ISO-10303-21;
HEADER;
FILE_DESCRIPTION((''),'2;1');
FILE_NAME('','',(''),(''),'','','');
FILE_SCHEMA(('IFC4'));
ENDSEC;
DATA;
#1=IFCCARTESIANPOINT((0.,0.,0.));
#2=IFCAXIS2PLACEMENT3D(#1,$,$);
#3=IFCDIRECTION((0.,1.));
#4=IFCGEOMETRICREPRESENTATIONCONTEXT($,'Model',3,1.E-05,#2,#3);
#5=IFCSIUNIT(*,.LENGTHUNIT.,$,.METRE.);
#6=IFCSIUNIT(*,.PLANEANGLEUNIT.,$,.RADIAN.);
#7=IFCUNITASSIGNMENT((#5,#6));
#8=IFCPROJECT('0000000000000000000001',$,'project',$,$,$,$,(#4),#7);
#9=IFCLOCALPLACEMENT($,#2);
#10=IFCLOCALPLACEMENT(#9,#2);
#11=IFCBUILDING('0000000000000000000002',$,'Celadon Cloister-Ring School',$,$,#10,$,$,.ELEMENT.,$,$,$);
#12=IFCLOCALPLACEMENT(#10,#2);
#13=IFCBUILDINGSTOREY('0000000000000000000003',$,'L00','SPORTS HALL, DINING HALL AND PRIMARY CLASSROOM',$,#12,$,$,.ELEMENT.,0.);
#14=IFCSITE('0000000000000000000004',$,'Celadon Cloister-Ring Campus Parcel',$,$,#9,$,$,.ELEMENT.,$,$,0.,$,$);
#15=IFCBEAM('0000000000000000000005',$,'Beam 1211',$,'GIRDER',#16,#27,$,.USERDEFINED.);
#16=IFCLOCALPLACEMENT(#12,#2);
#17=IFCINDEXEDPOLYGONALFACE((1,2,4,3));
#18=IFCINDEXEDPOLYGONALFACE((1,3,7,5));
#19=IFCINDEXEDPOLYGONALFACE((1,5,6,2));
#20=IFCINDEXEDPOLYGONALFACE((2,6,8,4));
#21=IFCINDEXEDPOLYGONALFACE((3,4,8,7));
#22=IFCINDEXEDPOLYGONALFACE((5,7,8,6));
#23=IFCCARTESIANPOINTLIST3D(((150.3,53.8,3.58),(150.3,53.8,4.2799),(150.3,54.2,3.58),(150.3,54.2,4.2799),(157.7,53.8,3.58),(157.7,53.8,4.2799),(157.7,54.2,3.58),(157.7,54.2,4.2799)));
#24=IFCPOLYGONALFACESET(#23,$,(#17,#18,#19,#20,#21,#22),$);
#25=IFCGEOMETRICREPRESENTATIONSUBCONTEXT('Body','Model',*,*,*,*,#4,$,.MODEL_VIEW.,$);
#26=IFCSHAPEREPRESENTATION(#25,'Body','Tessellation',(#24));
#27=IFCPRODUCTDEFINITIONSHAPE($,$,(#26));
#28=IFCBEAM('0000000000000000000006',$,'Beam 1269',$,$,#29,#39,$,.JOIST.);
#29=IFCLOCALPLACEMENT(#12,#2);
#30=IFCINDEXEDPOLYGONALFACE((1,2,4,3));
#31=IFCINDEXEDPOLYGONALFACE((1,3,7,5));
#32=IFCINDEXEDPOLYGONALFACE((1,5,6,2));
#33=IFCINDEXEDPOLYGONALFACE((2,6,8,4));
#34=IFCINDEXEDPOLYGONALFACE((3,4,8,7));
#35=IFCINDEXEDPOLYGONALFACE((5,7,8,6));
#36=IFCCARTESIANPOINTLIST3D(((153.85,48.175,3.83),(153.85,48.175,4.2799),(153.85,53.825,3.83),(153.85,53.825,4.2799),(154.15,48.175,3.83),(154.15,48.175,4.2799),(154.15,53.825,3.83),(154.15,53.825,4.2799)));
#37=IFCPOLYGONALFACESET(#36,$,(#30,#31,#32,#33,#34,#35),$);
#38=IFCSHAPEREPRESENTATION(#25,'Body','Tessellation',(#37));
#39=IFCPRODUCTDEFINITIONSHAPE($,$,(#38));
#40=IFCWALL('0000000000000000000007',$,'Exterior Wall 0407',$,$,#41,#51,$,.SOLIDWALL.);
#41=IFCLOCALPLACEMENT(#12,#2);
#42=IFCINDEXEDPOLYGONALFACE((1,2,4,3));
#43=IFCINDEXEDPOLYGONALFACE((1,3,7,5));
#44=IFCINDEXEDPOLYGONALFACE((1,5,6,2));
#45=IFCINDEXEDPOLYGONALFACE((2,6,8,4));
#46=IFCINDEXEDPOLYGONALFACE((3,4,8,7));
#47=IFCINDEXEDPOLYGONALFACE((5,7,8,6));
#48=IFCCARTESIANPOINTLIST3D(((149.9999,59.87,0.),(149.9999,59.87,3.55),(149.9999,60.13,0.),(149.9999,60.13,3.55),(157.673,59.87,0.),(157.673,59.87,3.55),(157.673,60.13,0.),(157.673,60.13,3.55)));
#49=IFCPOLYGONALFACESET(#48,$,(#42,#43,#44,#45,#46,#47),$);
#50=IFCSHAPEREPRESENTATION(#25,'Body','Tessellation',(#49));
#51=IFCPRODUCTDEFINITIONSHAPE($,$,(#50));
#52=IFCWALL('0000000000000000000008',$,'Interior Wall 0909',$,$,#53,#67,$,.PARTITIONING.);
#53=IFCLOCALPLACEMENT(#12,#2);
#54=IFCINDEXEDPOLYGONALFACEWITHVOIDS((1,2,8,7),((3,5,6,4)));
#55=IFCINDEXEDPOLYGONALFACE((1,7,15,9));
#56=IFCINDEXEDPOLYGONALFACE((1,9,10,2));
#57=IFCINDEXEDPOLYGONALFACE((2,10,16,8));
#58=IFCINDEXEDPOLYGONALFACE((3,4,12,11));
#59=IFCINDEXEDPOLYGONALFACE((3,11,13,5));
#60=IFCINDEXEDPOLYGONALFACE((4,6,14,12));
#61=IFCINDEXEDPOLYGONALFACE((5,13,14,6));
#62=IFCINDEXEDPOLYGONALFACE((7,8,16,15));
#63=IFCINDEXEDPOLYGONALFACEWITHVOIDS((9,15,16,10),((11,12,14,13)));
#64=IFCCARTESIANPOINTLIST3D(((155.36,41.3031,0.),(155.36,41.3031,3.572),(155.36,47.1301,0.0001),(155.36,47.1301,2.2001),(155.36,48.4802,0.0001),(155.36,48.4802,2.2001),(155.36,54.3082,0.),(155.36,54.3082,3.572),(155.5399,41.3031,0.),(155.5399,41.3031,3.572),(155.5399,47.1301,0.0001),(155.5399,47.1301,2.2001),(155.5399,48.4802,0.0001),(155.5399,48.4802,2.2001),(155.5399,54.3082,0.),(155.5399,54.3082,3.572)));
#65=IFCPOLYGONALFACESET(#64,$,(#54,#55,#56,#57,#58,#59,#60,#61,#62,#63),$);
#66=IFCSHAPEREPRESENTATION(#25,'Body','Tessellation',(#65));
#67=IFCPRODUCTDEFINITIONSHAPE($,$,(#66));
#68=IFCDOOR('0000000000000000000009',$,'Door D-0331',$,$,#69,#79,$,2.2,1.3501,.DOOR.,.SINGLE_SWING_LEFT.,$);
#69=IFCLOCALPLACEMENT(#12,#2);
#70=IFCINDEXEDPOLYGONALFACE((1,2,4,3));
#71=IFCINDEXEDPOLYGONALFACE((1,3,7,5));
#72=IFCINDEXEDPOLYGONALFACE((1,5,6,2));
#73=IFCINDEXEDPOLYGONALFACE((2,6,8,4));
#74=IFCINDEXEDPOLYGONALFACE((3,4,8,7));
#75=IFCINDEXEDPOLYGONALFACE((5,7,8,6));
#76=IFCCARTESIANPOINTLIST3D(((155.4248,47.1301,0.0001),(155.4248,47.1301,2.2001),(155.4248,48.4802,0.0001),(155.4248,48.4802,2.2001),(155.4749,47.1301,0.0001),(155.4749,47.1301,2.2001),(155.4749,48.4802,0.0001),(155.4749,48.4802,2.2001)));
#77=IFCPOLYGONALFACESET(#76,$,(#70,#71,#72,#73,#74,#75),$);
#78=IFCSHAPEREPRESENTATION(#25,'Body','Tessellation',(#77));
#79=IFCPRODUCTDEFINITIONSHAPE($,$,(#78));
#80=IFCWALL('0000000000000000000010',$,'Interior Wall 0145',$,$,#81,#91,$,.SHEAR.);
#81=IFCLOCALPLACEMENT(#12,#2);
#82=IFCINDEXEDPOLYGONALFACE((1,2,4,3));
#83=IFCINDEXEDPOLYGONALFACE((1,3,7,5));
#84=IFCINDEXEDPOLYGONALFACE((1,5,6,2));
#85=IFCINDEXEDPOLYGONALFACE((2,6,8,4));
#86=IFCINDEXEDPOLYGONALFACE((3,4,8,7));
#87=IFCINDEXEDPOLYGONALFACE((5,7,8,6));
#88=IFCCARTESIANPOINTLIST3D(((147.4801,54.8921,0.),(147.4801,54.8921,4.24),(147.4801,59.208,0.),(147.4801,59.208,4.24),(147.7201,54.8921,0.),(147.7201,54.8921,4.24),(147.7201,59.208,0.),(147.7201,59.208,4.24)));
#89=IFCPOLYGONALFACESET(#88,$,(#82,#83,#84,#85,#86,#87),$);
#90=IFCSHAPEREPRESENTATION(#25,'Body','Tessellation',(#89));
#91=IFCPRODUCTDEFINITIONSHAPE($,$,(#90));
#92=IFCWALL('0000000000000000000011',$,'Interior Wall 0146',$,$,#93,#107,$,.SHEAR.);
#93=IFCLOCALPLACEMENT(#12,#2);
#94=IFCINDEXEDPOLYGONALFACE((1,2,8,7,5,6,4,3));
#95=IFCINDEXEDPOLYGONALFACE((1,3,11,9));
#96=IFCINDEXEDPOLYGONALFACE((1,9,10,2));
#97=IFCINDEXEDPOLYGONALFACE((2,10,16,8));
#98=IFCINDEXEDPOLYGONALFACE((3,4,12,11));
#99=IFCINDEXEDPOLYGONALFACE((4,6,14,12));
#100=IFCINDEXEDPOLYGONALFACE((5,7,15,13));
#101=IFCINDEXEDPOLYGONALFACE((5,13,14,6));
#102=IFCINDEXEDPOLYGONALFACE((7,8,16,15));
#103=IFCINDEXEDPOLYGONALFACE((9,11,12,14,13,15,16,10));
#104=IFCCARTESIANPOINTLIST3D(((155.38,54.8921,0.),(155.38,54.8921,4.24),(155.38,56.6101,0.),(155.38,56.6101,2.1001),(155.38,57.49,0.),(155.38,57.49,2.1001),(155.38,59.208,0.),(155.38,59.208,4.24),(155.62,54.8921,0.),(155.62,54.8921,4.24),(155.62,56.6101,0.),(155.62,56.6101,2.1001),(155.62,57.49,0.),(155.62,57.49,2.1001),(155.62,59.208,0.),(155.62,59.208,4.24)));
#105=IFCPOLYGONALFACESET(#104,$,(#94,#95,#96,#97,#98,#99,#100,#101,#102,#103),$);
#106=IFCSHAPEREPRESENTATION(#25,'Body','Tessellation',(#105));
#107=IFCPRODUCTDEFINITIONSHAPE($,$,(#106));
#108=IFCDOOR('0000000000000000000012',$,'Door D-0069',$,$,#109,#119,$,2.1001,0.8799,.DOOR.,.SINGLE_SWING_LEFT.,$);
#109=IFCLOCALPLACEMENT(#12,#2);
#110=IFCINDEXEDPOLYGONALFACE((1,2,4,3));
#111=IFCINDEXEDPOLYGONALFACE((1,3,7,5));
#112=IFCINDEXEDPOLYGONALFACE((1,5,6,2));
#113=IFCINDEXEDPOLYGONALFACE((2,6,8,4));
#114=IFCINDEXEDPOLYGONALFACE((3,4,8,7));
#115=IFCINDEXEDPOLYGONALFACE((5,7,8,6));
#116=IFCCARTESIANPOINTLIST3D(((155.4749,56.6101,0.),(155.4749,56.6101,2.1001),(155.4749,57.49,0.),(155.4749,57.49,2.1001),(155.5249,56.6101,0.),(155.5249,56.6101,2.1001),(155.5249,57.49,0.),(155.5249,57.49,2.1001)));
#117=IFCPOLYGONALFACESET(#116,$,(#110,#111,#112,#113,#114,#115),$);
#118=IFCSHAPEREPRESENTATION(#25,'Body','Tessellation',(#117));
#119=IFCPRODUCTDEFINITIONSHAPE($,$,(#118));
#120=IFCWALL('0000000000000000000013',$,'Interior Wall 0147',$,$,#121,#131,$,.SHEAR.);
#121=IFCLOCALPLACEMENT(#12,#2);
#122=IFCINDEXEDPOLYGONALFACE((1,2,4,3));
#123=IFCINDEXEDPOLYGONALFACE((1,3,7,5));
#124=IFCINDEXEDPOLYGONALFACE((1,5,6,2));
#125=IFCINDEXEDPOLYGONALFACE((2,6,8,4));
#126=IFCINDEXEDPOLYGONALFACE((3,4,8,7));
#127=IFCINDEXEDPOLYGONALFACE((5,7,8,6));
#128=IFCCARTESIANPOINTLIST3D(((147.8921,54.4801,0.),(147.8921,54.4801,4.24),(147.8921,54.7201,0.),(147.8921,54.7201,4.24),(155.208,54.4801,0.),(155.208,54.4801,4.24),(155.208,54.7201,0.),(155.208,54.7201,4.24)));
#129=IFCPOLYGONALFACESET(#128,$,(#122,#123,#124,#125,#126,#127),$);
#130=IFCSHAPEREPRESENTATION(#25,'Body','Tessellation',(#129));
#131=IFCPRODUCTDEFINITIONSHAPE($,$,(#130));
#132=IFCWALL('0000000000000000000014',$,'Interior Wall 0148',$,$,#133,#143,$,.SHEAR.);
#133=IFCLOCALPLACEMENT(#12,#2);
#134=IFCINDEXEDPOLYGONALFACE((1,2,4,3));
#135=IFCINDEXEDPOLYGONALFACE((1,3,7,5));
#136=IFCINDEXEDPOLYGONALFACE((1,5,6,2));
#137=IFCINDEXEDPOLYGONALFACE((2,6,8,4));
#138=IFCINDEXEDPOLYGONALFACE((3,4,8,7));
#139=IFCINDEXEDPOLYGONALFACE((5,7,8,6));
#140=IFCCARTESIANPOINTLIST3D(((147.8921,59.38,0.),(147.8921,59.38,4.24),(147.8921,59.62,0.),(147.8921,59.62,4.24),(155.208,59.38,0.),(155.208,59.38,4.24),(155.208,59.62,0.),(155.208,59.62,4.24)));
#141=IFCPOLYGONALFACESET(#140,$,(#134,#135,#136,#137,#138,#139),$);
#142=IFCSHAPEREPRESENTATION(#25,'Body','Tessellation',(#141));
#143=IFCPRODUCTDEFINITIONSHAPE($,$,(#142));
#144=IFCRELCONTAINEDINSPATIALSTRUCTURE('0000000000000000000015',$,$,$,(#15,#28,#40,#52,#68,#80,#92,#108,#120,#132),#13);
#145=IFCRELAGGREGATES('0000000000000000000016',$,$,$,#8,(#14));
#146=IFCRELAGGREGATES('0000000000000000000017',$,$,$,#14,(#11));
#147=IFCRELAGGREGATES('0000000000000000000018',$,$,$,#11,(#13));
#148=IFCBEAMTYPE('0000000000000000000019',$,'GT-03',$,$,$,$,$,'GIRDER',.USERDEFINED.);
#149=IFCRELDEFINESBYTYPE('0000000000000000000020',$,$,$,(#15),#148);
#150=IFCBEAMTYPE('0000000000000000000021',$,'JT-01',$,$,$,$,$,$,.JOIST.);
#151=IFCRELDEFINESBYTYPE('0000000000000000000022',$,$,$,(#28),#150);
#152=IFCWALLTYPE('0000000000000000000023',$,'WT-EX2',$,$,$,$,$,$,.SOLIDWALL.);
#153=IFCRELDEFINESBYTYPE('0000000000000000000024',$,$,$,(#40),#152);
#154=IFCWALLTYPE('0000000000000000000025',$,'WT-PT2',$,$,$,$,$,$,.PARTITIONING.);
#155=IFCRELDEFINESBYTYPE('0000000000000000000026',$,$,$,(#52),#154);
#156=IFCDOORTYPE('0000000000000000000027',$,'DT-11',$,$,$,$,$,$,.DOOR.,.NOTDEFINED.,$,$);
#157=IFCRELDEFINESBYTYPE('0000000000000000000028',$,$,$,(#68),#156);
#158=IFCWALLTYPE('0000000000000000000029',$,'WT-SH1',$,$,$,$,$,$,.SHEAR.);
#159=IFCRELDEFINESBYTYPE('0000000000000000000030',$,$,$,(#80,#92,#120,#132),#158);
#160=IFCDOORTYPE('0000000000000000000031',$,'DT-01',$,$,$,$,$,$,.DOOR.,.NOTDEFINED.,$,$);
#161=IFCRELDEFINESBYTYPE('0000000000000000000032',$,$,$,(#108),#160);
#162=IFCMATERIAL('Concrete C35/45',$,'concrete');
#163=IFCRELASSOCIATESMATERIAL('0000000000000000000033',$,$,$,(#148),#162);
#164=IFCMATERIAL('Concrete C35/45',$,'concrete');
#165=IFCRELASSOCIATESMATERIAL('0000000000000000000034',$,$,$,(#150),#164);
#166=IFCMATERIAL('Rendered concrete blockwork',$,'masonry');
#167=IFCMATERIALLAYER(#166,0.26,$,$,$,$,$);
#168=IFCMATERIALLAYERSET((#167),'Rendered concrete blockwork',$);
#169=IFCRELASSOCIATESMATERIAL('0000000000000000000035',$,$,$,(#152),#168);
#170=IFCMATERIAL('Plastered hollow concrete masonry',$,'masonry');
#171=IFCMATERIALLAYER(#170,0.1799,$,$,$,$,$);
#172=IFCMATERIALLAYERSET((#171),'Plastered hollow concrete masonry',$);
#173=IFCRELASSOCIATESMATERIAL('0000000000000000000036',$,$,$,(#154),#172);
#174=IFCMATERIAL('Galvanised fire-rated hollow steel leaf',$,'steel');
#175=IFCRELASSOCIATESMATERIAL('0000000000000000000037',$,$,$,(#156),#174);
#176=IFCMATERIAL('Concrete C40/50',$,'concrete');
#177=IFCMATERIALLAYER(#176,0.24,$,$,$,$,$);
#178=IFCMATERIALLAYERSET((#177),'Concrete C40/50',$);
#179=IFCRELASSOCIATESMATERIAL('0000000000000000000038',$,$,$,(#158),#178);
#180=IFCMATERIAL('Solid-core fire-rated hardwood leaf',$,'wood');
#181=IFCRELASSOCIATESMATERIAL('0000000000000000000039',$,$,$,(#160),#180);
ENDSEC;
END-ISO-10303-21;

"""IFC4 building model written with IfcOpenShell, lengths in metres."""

from ifc_helpers import new_model, si_unit, direction, frame, frame_2d, origin, origin_2d, place, context, subcontext, project, spatial, rectangle, extrude, material, layer, layer_set, material_profile, profile_set, type_object, element, fill, save


model = new_model("IFC4")

# Units and contexts
model_context = context("Model", 3, precision=1e-05, world=origin(), true_north=direction((0.0, 1.0)))
body_context = subcontext(model_context, "Body", "Model", "MODEL_VIEW")
ifc_project = project(units=[si_unit("LENGTHUNIT", "METRE"), si_unit("PLANEANGLEUNIT", "RADIAN")], contexts=[model_context])

# Site, building, storey
site_placement = place(None, origin())
site = spatial("IfcSite", under=ifc_project, at=site_placement, Name="Celadon Cloister-Ring Campus Parcel", CompositionType="ELEMENT", RefElevation=0.0)
building_placement = place(site_placement, origin())
building = spatial("IfcBuilding", under=site, at=building_placement, Name="Celadon Cloister-Ring School", CompositionType="ELEMENT")
storey_placement = place(building_placement, origin())
storey = spatial("IfcBuildingStorey", under=building, at=storey_placement, Name="L00", Description="SPORTS HALL, DINING HALL AND PRIMARY CLASSROOM", CompositionType="ELEMENT", Elevation=0.0)

# Beams
ifc_material_1 = material(Name="Concrete C35/45", Category="concrete")
ifc_material_profile_1 = material_profile(ifc_material_1, rectangle(XDim=0.3999, YDim=0.7, at=origin_2d()), Name="RC400X700")
ifc_profile_set_1 = profile_set([ifc_material_profile_1], Name="Concrete C35/45")
beam_type_1 = type_object("IfcBeamType", Name="GT-03", ElementType="GIRDER", PredefinedType="USERDEFINED", material=ifc_profile_set_1)
beam_1_placement = place(storey_placement, frame((150.3, 54.0, 3.9299), z_axis=(1.0, 0.0, 0.0), x_axis=(0.0, 1.0, 0.0)))
element("IfcBeam", 1, at=beam_1_placement, inside=storey, type_object=beam_type_1, Name="Beam 1211", ObjectType="GIRDER", PredefinedType="USERDEFINED", context=body_context, shape_type="SweptSolid", body=[
    extrude(rectangle(XDim=0.3999, YDim=0.7, at=origin_2d()), origin(), (0.0, 0.0, 1.0), 7.3999),
])
ifc_material_2 = material(Name="Concrete C35/45", Category="concrete")
ifc_material_profile_2 = material_profile(ifc_material_2, rectangle(XDim=0.3, YDim=0.45, at=origin_2d()), Name="RC300X450")
ifc_profile_set_2 = profile_set([ifc_material_profile_2], Name="Concrete C35/45")
beam_type_2 = type_object("IfcBeamType", Name="JT-01", PredefinedType="JOIST", material=ifc_profile_set_2)
beam_2_placement = place(storey_placement, frame((154.0, 48.175, 4.0549), z_axis=(0.0, 1.0, 0.0), x_axis=(-1.0, 0.0, 0.0)))
element("IfcBeam", 2, at=beam_2_placement, inside=storey, type_object=beam_type_2, Name="Beam 1269", PredefinedType="JOIST", context=body_context, shape_type="SweptSolid", body=[
    extrude(rectangle(XDim=0.3, YDim=0.45, at=origin_2d()), origin(), (0.0, 0.0, 1.0), 5.6499),
])

# Wall
ifc_material_3 = material(Name="Rendered concrete blockwork", Category="masonry")
ifc_layer_1 = layer(ifc_material_3, 0.26)
ifc_layer_set_1 = layer_set([ifc_layer_1], Name="Rendered concrete blockwork")
wall_type_1 = type_object("IfcWallType", Name="WT-EX2", PredefinedType="SOLIDWALL", material=ifc_layer_set_1)
wall_1_placement = place(storey_placement, frame((150.0, 60.0, 0.0), z_axis=(0.0, 0.0, 1.0), x_axis=(1.0, 0.0, 0.0)))
element("IfcWall", 3, at=wall_1_placement, inside=storey, type_object=wall_type_1, Name="Exterior Wall 0407", PredefinedType="SOLIDWALL", context=body_context, shape_type="SweptSolid", body=[
    extrude(rectangle(XDim=7.6731, YDim=0.26, at=frame_2d((3.8364, 0.0))), origin(), (0.0, 0.0, 1.0), 3.55),
])

# Wall, opening, door
ifc_material_4 = material(Name="Plastered hollow concrete masonry", Category="masonry")
ifc_layer_2 = layer(ifc_material_4, 0.1799)
ifc_layer_set_2 = layer_set([ifc_layer_2], Name="Plastered hollow concrete masonry")
wall_type_2 = type_object("IfcWallType", Name="WT-PT2", PredefinedType="PARTITIONING", material=ifc_layer_set_2)
wall_2_placement = place(storey_placement, frame((155.45, 54.3081, 0.0), z_axis=(0.0, 0.0, 1.0), x_axis=(0.0, -1.0, 0.0)))
wall_2 = element("IfcWall", 4, at=wall_2_placement, inside=storey, type_object=wall_type_2, Name="Interior Wall 0909", PredefinedType="PARTITIONING", context=body_context, shape_type="SweptSolid", body=[
    extrude(rectangle(XDim=13.0051, YDim=0.1799, at=frame_2d((6.5024, 0.0))), origin(), (0.0, 0.0, 1.0), 3.572),
])
opening_1_placement = place(wall_2_placement, frame((5.8279, 0.0, 0.0)))
opening_1 = element("IfcOpeningElement", 5, at=opening_1_placement, cuts=wall_2, PredefinedType="OPENING", context=body_context, shape_type="SweptSolid", body=[
    extrude(rectangle(XDim=1.3501, YDim=2.2, at=frame_2d((0.675, 1.1001))), frame((0.0, 0.1001, 0.0), z_axis=(0.0, -1.0, 0.0), x_axis=(1.0, 0.0, 0.0)), (0.0, 0.0, 1.0), 0.2),
])
ifc_material_5 = material(Name="Galvanised fire-rated hollow steel leaf", Category="steel")
door_type_1 = type_object("IfcDoorType", Name="DT-11", OperationType="NOTDEFINED", PredefinedType="DOOR", material=ifc_material_5)
door_1_placement = place(opening_1_placement, origin())
door_1 = element("IfcDoor", 6, at=door_1_placement, inside=storey, type_object=door_type_1, Name="Door D-0331", OperationType="SINGLE_SWING_LEFT", OverallHeight=2.2, OverallWidth=1.3501, PredefinedType="DOOR", context=body_context, shape_type="SweptSolid", body=[
    extrude(rectangle(XDim=1.3501, YDim=2.2, at=frame_2d((0.675, 1.1001))), frame((0.0, 0.0249, 0.0), z_axis=(0.0, -1.0, 0.0), x_axis=(1.0, 0.0, 0.0)), (0.0, 0.0, 1.0), 0.05),
])
fill(opening_1, door_1)

# Wall
ifc_material_6 = material(Name="Concrete C40/50", Category="concrete")
ifc_layer_3 = layer(ifc_material_6, 0.24)
ifc_layer_set_3 = layer_set([ifc_layer_3], Name="Concrete C40/50")
wall_type_3 = type_object("IfcWallType", Name="WT-SH1", PredefinedType="SHEAR", material=ifc_layer_set_3)
wall_3_placement = place(storey_placement, frame((147.6001, 54.8921, 0.0), z_axis=(0.0, 0.0, 1.0), x_axis=(0.0, 1.0, 0.0)))
element("IfcWall", 7, at=wall_3_placement, inside=storey, type_object=wall_type_3, Name="Interior Wall 0145", PredefinedType="SHEAR", context=body_context, shape_type="SweptSolid", body=[
    extrude(rectangle(XDim=4.3159, YDim=0.24, at=frame_2d((2.158, 0.0))), origin(), (0.0, 0.0, 1.0), 4.24),
])

# Wall, opening, door
wall_4_placement = place(storey_placement, frame((155.5, 59.208, 0.0), z_axis=(0.0, 0.0, 1.0), x_axis=(0.0, -1.0, 0.0)))
wall_4 = element("IfcWall", 8, at=wall_4_placement, inside=storey, type_object=wall_type_3, Name="Interior Wall 0146", PredefinedType="SHEAR", context=body_context, shape_type="SweptSolid", body=[
    extrude(rectangle(XDim=4.3159, YDim=0.24, at=frame_2d((2.158, 0.0))), origin(), (0.0, 0.0, 1.0), 4.24),
])
opening_2_placement = place(wall_4_placement, frame((1.718, 0.0, 0.0)))
opening_2 = element("IfcOpeningElement", 9, at=opening_2_placement, cuts=wall_4, PredefinedType="OPENING", context=body_context, shape_type="SweptSolid", body=[
    extrude(rectangle(XDim=0.8799, YDim=2.1001, at=frame_2d((0.4399, 1.05))), frame((0.0, 0.1299, 0.0), z_axis=(0.0, -1.0, 0.0), x_axis=(1.0, 0.0, 0.0)), (0.0, 0.0, 1.0), 0.26),
])
ifc_material_7 = material(Name="Solid-core fire-rated hardwood leaf", Category="wood")
door_type_2 = type_object("IfcDoorType", Name="DT-01", OperationType="NOTDEFINED", PredefinedType="DOOR", material=ifc_material_7)
door_2_placement = place(opening_2_placement, origin())
door_2 = element("IfcDoor", 10, at=door_2_placement, inside=storey, type_object=door_type_2, Name="Door D-0069", OperationType="SINGLE_SWING_LEFT", OverallHeight=2.1001, OverallWidth=0.8799, PredefinedType="DOOR", context=body_context, shape_type="SweptSolid", body=[
    extrude(rectangle(XDim=0.8799, YDim=2.1001, at=frame_2d((0.4399, 1.05))), frame((0.0, 0.0249, 0.0), z_axis=(0.0, -1.0, 0.0), x_axis=(1.0, 0.0, 0.0)), (0.0, 0.0, 1.0), 0.05),
])
fill(opening_2, door_2)

# Walls
for number, where, z_axis, x_axis, name in (
    (11, (155.208, 54.6001, 0.0), (0.0, 0.0, 1.0), (-1.0, 0.0, 0.0), "Interior Wall 0147"),
    (12, (155.208, 59.5, 0.0), (0.0, 0.0, 1.0), (-1.0, 0.0, 0.0), "Interior Wall 0148"),
):
    element("IfcWall", number, at=place(storey_placement, frame(where, z_axis=z_axis, x_axis=x_axis)), inside=storey, type_object=wall_type_3, Name=name, PredefinedType="SHEAR", context=body_context, shape_type="SweptSolid", body=[
        extrude(rectangle(XDim=7.3159, YDim=0.24, at=frame_2d((3.658, 0.0))), origin(), (0.0, 0.0, 1.0), 4.24),
    ])

save(model, "model.ifc")
